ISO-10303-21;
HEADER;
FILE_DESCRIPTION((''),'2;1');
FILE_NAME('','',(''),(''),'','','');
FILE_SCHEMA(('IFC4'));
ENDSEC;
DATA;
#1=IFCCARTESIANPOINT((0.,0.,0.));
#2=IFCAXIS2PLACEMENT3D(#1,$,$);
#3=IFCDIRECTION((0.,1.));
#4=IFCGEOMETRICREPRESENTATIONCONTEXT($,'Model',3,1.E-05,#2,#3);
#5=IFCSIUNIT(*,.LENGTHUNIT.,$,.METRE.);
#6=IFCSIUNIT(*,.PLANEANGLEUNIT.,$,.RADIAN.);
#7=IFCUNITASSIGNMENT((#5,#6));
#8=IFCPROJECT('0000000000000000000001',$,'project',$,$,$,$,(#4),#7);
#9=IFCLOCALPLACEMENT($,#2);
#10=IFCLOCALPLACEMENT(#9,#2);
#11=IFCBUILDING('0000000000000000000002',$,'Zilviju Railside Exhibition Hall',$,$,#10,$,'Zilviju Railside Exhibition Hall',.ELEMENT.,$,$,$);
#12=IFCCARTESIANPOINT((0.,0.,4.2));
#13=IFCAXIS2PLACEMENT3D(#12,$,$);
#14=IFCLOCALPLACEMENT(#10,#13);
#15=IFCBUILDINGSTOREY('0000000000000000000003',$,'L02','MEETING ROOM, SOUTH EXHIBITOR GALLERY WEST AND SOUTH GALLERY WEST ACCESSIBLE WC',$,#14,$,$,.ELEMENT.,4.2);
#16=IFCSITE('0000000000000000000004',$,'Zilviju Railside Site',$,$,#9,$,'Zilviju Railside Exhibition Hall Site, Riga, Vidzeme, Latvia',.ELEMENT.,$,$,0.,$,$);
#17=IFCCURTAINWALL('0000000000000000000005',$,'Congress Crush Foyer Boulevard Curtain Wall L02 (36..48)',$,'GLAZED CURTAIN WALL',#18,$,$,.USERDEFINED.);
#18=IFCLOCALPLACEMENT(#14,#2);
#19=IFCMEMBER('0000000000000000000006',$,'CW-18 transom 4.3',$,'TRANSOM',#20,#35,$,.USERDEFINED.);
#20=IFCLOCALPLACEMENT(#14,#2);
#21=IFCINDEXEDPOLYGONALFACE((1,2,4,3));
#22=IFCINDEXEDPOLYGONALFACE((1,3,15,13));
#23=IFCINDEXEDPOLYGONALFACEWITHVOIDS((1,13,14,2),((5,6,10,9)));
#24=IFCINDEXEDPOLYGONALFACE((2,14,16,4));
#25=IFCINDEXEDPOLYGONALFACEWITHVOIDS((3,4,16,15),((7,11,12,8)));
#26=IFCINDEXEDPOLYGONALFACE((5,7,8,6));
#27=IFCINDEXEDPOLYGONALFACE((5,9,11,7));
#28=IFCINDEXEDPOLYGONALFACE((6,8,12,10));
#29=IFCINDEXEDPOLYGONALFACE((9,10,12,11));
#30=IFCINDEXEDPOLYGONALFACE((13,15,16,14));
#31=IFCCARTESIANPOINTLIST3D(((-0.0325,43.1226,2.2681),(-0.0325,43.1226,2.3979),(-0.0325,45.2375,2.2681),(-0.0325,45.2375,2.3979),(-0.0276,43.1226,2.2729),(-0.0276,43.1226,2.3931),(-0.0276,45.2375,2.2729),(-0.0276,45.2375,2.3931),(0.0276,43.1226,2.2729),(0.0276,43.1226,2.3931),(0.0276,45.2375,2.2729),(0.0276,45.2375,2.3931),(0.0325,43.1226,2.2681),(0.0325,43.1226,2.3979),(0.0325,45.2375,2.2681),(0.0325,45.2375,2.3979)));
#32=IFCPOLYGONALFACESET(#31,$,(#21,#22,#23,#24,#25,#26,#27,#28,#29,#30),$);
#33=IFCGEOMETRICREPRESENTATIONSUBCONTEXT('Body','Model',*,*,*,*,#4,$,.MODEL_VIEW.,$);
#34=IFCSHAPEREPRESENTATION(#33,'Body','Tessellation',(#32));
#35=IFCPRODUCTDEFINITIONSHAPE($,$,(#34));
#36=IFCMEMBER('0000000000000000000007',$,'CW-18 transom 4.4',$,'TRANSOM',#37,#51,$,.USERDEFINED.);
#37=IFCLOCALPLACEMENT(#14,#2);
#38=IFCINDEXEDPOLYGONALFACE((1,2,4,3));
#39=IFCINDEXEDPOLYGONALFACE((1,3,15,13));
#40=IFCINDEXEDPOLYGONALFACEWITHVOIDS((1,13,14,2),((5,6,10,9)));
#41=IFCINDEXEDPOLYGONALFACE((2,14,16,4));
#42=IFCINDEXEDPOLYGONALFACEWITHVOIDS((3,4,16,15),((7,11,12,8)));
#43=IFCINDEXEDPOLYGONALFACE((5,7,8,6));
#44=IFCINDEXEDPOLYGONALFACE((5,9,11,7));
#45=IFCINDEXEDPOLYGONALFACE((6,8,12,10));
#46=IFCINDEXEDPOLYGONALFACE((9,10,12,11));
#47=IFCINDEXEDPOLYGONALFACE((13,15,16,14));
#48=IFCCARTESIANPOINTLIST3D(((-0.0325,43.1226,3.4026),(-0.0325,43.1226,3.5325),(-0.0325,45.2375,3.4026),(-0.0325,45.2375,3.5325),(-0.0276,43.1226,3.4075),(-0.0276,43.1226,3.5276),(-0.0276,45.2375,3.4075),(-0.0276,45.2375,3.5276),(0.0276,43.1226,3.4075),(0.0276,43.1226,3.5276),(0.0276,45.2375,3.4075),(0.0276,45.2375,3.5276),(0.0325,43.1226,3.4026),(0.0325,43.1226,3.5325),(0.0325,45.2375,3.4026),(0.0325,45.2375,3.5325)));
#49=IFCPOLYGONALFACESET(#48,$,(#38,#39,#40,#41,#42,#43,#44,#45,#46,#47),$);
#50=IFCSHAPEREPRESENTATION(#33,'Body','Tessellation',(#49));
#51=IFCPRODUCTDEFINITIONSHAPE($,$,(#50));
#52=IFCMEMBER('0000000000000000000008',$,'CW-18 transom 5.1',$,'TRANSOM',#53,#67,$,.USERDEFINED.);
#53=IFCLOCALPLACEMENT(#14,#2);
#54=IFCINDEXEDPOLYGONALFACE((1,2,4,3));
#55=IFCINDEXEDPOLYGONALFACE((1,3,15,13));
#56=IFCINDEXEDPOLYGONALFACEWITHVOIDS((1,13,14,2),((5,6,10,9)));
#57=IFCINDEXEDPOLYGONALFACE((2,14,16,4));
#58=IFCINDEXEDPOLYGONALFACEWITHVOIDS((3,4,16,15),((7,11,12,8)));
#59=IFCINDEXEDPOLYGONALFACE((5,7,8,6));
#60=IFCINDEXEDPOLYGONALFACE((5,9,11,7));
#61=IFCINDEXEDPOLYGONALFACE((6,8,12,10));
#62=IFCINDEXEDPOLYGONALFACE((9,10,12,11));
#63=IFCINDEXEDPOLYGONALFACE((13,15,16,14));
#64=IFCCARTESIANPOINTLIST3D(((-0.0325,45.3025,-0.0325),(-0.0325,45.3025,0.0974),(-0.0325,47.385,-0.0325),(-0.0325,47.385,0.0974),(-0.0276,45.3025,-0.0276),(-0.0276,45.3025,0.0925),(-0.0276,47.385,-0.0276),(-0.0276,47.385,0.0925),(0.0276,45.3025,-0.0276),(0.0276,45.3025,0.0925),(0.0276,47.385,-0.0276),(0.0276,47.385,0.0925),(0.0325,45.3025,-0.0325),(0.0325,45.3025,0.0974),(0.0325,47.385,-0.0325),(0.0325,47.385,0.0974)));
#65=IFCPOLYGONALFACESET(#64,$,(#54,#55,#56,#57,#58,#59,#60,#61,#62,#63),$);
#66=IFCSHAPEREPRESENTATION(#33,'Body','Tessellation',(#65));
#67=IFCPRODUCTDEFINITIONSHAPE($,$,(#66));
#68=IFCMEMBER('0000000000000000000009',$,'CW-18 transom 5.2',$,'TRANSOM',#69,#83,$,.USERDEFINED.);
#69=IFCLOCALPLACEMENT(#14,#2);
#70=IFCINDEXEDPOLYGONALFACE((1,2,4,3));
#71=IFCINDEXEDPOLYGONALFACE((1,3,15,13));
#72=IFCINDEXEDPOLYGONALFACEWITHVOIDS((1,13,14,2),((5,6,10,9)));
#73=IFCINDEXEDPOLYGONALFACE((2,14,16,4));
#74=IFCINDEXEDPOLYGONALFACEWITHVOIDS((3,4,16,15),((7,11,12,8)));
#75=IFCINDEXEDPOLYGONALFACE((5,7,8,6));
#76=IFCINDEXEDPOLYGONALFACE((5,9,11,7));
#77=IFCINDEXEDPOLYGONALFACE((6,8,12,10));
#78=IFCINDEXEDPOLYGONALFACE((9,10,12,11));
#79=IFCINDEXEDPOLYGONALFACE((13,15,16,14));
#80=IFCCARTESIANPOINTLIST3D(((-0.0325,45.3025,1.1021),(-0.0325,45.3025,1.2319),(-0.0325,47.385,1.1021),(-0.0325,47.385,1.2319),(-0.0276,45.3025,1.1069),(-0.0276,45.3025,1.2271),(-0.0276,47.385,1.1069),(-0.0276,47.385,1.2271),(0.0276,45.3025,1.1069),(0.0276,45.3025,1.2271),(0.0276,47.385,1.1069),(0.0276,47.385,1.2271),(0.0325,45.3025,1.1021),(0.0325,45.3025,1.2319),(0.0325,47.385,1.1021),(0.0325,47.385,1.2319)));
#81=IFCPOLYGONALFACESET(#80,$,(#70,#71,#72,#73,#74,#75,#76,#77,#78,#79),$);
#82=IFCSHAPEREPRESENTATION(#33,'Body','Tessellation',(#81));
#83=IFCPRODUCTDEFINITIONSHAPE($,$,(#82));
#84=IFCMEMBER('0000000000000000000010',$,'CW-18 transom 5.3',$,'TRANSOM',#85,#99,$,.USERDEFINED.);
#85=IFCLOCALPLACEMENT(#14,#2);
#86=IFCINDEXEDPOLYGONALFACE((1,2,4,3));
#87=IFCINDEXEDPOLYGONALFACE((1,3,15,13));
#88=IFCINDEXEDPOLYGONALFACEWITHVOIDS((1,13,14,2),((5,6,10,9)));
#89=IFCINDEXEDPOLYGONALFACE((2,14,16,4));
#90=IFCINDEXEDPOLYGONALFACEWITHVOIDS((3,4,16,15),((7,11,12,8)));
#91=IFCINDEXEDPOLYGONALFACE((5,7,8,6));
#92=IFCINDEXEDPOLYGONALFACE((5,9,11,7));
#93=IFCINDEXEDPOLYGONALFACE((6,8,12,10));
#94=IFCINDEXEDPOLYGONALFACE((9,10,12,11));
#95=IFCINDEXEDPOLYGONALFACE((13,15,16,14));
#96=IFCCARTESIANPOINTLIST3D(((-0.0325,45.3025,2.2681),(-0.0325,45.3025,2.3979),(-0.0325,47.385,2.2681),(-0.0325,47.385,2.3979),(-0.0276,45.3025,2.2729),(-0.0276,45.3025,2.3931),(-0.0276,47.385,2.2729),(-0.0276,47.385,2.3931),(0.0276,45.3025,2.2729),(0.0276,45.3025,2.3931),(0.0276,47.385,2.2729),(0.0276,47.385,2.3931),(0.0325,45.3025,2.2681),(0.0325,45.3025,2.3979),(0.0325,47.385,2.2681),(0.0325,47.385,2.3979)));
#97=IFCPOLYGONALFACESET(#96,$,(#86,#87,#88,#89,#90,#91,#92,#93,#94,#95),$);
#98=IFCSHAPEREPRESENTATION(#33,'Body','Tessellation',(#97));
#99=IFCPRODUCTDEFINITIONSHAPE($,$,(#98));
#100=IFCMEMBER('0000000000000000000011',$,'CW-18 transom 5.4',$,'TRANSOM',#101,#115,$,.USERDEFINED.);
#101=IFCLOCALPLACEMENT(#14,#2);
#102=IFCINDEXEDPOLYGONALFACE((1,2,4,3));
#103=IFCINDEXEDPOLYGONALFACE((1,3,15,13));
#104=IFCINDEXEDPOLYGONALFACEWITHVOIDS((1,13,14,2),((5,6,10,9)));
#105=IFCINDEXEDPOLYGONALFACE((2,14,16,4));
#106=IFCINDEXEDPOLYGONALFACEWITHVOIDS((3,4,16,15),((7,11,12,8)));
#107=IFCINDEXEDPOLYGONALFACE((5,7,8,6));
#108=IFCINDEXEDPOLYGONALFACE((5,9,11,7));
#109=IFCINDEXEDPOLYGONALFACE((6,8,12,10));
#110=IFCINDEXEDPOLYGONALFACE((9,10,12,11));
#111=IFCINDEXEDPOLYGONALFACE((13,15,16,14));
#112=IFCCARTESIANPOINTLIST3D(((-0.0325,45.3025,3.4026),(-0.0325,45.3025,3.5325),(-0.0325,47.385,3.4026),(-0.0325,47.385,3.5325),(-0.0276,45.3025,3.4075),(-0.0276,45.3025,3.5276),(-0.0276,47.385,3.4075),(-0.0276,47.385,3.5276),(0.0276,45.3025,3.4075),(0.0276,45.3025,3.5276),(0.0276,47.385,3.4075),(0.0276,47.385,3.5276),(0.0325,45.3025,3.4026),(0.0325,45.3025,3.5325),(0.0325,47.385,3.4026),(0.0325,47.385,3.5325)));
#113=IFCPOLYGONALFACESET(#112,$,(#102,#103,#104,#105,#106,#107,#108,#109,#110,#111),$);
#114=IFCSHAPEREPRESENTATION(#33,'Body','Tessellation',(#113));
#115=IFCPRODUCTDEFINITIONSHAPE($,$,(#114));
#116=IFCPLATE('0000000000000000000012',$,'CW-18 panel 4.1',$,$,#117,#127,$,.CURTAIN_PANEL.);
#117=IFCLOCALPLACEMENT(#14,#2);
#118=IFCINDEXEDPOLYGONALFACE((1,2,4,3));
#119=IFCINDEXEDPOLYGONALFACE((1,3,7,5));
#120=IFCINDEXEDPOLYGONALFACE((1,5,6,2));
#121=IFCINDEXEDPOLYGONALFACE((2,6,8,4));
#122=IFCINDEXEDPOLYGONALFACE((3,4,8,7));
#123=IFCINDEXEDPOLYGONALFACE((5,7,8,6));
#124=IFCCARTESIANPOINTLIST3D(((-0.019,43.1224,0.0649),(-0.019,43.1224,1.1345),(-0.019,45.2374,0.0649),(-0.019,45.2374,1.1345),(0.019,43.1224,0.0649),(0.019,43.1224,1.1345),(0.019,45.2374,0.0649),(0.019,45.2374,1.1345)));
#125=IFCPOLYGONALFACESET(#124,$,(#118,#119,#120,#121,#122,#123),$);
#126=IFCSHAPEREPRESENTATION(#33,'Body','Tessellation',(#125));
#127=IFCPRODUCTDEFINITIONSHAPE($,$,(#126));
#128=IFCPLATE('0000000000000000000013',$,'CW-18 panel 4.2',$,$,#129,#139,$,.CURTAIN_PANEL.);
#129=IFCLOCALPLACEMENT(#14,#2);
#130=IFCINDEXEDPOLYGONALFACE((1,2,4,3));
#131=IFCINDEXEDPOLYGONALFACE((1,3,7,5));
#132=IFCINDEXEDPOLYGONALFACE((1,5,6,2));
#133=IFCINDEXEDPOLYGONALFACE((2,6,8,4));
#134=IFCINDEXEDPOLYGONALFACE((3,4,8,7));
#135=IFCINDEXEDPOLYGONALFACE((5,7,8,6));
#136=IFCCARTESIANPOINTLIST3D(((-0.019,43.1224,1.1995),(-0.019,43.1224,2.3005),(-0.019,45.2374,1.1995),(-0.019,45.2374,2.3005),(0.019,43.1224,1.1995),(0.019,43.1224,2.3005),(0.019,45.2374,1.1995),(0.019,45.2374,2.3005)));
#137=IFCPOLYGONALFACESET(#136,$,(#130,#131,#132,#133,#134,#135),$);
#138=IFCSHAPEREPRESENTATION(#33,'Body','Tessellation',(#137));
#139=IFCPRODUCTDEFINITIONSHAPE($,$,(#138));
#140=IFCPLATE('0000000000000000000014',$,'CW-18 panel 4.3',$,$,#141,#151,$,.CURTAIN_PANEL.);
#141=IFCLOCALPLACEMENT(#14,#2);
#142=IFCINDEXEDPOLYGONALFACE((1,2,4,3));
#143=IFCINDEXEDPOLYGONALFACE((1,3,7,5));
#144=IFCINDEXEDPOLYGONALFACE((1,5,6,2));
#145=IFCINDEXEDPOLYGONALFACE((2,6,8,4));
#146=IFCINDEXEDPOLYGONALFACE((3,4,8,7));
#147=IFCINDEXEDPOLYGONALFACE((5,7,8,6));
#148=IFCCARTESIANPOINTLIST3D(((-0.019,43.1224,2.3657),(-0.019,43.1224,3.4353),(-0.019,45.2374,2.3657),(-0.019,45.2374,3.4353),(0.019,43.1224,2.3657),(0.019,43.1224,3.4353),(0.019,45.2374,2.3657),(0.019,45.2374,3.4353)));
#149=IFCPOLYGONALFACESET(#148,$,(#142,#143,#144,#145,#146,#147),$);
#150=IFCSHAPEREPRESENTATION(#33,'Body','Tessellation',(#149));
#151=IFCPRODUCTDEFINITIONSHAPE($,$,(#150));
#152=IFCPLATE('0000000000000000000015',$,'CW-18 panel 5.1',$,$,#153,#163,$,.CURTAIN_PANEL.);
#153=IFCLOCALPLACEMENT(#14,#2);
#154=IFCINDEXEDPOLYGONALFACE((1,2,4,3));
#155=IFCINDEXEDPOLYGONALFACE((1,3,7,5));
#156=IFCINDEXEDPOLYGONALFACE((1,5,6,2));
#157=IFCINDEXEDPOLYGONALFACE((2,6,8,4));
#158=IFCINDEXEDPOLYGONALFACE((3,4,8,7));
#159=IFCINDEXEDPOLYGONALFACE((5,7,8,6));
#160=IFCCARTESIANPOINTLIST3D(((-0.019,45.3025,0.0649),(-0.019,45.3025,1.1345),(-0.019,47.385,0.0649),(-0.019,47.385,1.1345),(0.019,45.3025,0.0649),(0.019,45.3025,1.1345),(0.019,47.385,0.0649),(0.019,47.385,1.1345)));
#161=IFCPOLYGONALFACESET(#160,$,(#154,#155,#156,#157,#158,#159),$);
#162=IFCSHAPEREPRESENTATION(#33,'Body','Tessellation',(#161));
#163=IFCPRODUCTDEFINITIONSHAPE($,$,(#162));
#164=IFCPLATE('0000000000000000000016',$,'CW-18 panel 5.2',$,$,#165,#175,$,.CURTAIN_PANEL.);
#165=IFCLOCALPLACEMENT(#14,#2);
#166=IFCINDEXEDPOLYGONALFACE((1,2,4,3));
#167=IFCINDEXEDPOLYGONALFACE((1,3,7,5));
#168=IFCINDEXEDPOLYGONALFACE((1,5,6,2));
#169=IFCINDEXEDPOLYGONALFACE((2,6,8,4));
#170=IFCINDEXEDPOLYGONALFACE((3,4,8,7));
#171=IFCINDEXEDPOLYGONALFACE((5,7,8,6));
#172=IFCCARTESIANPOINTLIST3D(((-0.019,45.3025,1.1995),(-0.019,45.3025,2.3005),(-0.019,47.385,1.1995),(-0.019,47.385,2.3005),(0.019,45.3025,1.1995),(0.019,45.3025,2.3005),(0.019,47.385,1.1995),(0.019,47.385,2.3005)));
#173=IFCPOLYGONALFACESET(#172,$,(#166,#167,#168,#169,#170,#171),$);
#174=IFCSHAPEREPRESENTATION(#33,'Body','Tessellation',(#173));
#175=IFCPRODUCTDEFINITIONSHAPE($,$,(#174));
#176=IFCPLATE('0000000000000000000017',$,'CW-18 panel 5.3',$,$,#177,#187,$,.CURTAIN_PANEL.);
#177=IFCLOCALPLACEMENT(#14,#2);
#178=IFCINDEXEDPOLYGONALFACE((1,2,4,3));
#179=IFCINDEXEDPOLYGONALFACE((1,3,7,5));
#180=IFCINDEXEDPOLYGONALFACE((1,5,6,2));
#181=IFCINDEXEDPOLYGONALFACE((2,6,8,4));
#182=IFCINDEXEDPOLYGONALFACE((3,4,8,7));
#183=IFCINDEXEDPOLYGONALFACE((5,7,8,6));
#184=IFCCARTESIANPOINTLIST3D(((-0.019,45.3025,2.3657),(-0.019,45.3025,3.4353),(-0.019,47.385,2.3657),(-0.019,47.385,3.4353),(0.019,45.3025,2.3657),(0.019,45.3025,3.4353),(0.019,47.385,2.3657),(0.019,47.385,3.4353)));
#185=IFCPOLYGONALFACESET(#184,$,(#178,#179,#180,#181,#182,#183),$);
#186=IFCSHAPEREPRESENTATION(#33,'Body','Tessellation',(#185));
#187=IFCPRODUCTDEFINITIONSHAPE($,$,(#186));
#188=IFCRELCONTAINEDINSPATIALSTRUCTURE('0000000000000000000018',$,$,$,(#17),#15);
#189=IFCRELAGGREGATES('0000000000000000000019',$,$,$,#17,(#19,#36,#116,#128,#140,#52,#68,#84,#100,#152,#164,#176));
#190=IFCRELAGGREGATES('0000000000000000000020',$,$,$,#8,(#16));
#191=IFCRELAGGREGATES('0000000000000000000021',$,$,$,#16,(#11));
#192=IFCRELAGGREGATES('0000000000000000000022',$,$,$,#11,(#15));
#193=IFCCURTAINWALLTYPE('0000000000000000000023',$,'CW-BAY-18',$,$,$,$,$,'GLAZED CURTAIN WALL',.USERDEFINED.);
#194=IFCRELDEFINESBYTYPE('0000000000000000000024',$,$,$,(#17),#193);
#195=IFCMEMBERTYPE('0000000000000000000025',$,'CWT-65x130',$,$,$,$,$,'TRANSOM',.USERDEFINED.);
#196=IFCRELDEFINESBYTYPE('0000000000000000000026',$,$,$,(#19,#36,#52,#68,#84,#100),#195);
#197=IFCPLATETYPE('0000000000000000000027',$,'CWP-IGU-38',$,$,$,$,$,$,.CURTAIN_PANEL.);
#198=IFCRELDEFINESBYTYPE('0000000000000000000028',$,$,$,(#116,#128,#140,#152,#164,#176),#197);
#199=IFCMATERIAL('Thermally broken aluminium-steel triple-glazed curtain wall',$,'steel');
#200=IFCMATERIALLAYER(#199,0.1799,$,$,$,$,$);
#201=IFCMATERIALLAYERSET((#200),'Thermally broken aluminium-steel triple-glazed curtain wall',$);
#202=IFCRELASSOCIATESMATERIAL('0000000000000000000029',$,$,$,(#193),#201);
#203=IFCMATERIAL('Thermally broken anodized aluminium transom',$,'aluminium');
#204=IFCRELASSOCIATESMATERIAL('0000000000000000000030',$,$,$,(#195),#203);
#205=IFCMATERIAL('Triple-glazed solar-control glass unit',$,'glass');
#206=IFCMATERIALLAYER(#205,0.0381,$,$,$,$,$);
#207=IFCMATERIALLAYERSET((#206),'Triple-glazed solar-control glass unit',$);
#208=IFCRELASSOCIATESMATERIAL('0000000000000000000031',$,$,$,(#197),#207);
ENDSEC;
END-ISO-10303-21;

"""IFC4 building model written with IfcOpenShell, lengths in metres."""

from ifc_helpers import new_model, si_unit, direction, frame, origin, origin_2d, place, context, subcontext, project, spatial, rectangle, hollow_rectangle, extrude, material, layer, layer_set, material_profile, profile_set, type_object, element, aggregate, save


model = new_model("IFC4")

# Units and contexts
model_context = context("Model", 3, precision=1e-05, world=origin(), true_north=direction((0.0, 1.0)))
body_context = subcontext(model_context, "Body", "Model", "MODEL_VIEW")
ifc_project = project(units=[si_unit("LENGTHUNIT", "METRE"), si_unit("PLANEANGLEUNIT", "RADIAN")], contexts=[model_context])

# Site, building, storey
site_placement = place(None, origin())
site = spatial("IfcSite", under=ifc_project, at=site_placement, Name="Zilviju Railside Site", LongName="Zilviju Railside Exhibition Hall Site, Riga, Vidzeme, Latvia", CompositionType="ELEMENT", RefElevation=0.0)
building_placement = place(site_placement, origin())
building = spatial("IfcBuilding", under=site, at=building_placement, Name="Zilviju Railside Exhibition Hall", LongName="Zilviju Railside Exhibition Hall", CompositionType="ELEMENT")
storey_placement = place(building_placement, frame((0.0, 0.0, 4.2)))
storey = spatial("IfcBuildingStorey", under=building, at=storey_placement, Name="L02", Description="MEETING ROOM, SOUTH EXHIBITOR GALLERY WEST AND SOUTH GALLERY WEST ACCESSIBLE WC", CompositionType="ELEMENT", Elevation=4.2)

# Shared definitions
ifc_material_1 = material(Name="Thermally broken aluminium-steel triple-glazed curtain wall", Category="steel")

# Curtain wall
ifc_layer_1 = layer(ifc_material_1, 0.1799)
ifc_layer_set_1 = layer_set([ifc_layer_1], Name="Thermally broken aluminium-steel triple-glazed curtain wall")
curtain_wall_type_1 = type_object("IfcCurtainWallType", Name="CW-BAY-18", ElementType="GLAZED CURTAIN WALL", PredefinedType="USERDEFINED", material=ifc_layer_set_1)
curtain_wall_1_placement = place(storey_placement, origin())
curtain_wall_1 = element("IfcCurtainWall", 1, at=curtain_wall_1_placement, inside=storey, type_object=curtain_wall_type_1, Name="Congress Crush Foyer Boulevard Curtain Wall L02 (36..48)", ObjectType="GLAZED CURTAIN WALL", PredefinedType="USERDEFINED")

# Members
ifc_material_2 = material(Name="Thermally broken anodized aluminium transom", Category="aluminium")
ifc_material_profile_1 = material_profile(ifc_material_2, hollow_rectangle(XDim=0.0649, YDim=0.1299, WallThickness=0.0049, at=origin_2d()), Name="TRANSOM 130x65x5")
ifc_profile_set_1 = profile_set([ifc_material_profile_1], Name="Thermally broken anodized aluminium transom")
member_type_1 = type_object("IfcMemberType", Name="CWT-65x130", ElementType="TRANSOM", PredefinedType="USERDEFINED", material=ifc_profile_set_1)
member_1_placement = place(storey_placement, frame((0.0, 43.1226, 2.333), z_axis=(0.0, 1.0, 0.0), x_axis=(-1.0, 0.0, 0.0)))
member_1 = element("IfcMember", 2, at=member_1_placement, type_object=member_type_1, Name="CW-18 transom 4.3", ObjectType="TRANSOM", PredefinedType="USERDEFINED", context=body_context, shape_type="SweptSolid", body=[
    extrude(hollow_rectangle(XDim=0.0649, YDim=0.1299, WallThickness=0.0049, at=origin_2d()), origin(), (0.0, 0.0, 1.0), 2.115),
])
member_2_placement = place(storey_placement, frame((0.0, 43.1226, 3.4675), z_axis=(0.0, 1.0, 0.0), x_axis=(-1.0, 0.0, 0.0)))
member_2 = element("IfcMember", 3, at=member_2_placement, type_object=member_type_1, Name="CW-18 transom 4.4", ObjectType="TRANSOM", PredefinedType="USERDEFINED", context=body_context, shape_type="SweptSolid", body=[
    extrude(hollow_rectangle(XDim=0.0649, YDim=0.1299, WallThickness=0.0049, at=origin_2d()), origin(), (0.0, 0.0, 1.0), 2.115),
])
member_3_placement = place(storey_placement, frame((0.0, 45.3025, 0.0325), z_axis=(0.0, 1.0, 0.0), x_axis=(-1.0, 0.0, 0.0)))
member_3 = element("IfcMember", 4, at=member_3_placement, type_object=member_type_1, Name="CW-18 transom 5.1", ObjectType="TRANSOM", PredefinedType="USERDEFINED", context=body_context, shape_type="SweptSolid", body=[
    extrude(hollow_rectangle(XDim=0.0649, YDim=0.1299, WallThickness=0.0049, at=origin_2d()), origin(), (0.0, 0.0, 1.0), 2.0825),
])
member_4_placement = place(storey_placement, frame((0.0, 45.3025, 1.167), z_axis=(0.0, 1.0, 0.0), x_axis=(-1.0, 0.0, 0.0)))
member_4 = element("IfcMember", 5, at=member_4_placement, type_object=member_type_1, Name="CW-18 transom 5.2", ObjectType="TRANSOM", PredefinedType="USERDEFINED", context=body_context, shape_type="SweptSolid", body=[
    extrude(hollow_rectangle(XDim=0.0649, YDim=0.1299, WallThickness=0.0049, at=origin_2d()), origin(), (0.0, 0.0, 1.0), 2.0825),
])
member_5_placement = place(storey_placement, frame((0.0, 45.3025, 2.333), z_axis=(0.0, 1.0, 0.0), x_axis=(-1.0, 0.0, 0.0)))
member_5 = element("IfcMember", 6, at=member_5_placement, type_object=member_type_1, Name="CW-18 transom 5.3", ObjectType="TRANSOM", PredefinedType="USERDEFINED", context=body_context, shape_type="SweptSolid", body=[
    extrude(hollow_rectangle(XDim=0.0649, YDim=0.1299, WallThickness=0.0049, at=origin_2d()), origin(), (0.0, 0.0, 1.0), 2.0825),
])
member_6_placement = place(storey_placement, frame((0.0, 45.3025, 3.4675), z_axis=(0.0, 1.0, 0.0), x_axis=(-1.0, 0.0, 0.0)))
member_6 = element("IfcMember", 7, at=member_6_placement, type_object=member_type_1, Name="CW-18 transom 5.4", ObjectType="TRANSOM", PredefinedType="USERDEFINED", context=body_context, shape_type="SweptSolid", body=[
    extrude(hollow_rectangle(XDim=0.0649, YDim=0.1299, WallThickness=0.0049, at=origin_2d()), origin(), (0.0, 0.0, 1.0), 2.0825),
])

# Plates
ifc_material_3 = material(Name="Triple-glazed solar-control glass unit", Category="glass")
ifc_layer_2 = layer(ifc_material_3, 0.0381)
ifc_layer_set_2 = layer_set([ifc_layer_2], Name="Triple-glazed solar-control glass unit")
plate_type = type_object("IfcPlateType", Name="CWP-IGU-38", PredefinedType="CURTAIN_PANEL", material=ifc_layer_set_2)
plate_1_placement = place(storey_placement, frame((0.0, 44.1799, 0.0649), z_axis=(0.0, 0.0, 1.0), x_axis=(0.0, 1.0, 0.0)))
plate_1 = element("IfcPlate", 8, at=plate_1_placement, type_object=plate_type, Name="CW-18 panel 4.1", PredefinedType="CURTAIN_PANEL", context=body_context, shape_type="SweptSolid", body=[
    extrude(rectangle(XDim=2.115, YDim=0.0381, at=origin_2d()), origin(), (0.0, 0.0, 1.0), 1.0696),
])
plate_2_placement = place(storey_placement, frame((0.0, 44.1799, 1.1995), z_axis=(0.0, 0.0, 1.0), x_axis=(0.0, 1.0, 0.0)))
plate_2 = element("IfcPlate", 9, at=plate_2_placement, type_object=plate_type, Name="CW-18 panel 4.2", PredefinedType="CURTAIN_PANEL", context=body_context, shape_type="SweptSolid", body=[
    extrude(rectangle(XDim=2.115, YDim=0.0381, at=origin_2d()), origin(), (0.0, 0.0, 1.0), 1.1011),
])
plate_3_placement = place(storey_placement, frame((0.0, 44.1799, 2.3657), z_axis=(0.0, 0.0, 1.0), x_axis=(0.0, 1.0, 0.0)))
plate_3 = element("IfcPlate", 10, at=plate_3_placement, type_object=plate_type, Name="CW-18 panel 4.3", PredefinedType="CURTAIN_PANEL", context=body_context, shape_type="SweptSolid", body=[
    extrude(rectangle(XDim=2.115, YDim=0.0381, at=origin_2d()), origin(), (0.0, 0.0, 1.0), 1.0696),
])
plate_4_placement = place(storey_placement, frame((0.0, 46.3438, 0.0649), z_axis=(0.0, 0.0, 1.0), x_axis=(0.0, 1.0, 0.0)))
plate_4 = element("IfcPlate", 11, at=plate_4_placement, type_object=plate_type, Name="CW-18 panel 5.1", PredefinedType="CURTAIN_PANEL", context=body_context, shape_type="SweptSolid", body=[
    extrude(rectangle(XDim=2.0825, YDim=0.0381, at=origin_2d()), origin(), (0.0, 0.0, 1.0), 1.0696),
])
plate_5_placement = place(storey_placement, frame((0.0, 46.3438, 1.1995), z_axis=(0.0, 0.0, 1.0), x_axis=(0.0, 1.0, 0.0)))
plate_5 = element("IfcPlate", 12, at=plate_5_placement, type_object=plate_type, Name="CW-18 panel 5.2", PredefinedType="CURTAIN_PANEL", context=body_context, shape_type="SweptSolid", body=[
    extrude(rectangle(XDim=2.0825, YDim=0.0381, at=origin_2d()), origin(), (0.0, 0.0, 1.0), 1.1011),
])
plate_6_placement = place(storey_placement, frame((0.0, 46.3438, 2.3657), z_axis=(0.0, 0.0, 1.0), x_axis=(0.0, 1.0, 0.0)))
plate_6 = element("IfcPlate", 13, at=plate_6_placement, type_object=plate_type, Name="CW-18 panel 5.3", PredefinedType="CURTAIN_PANEL", context=body_context, shape_type="SweptSolid", body=[
    extrude(rectangle(XDim=2.0825, YDim=0.0381, at=origin_2d()), origin(), (0.0, 0.0, 1.0), 1.0696),
])
aggregate(curtain_wall_1, [member_1, member_2, plate_1, plate_2, plate_3, member_3, member_4, member_5, member_6, plate_4, plate_5, plate_6])

save(model, "model.ifc")
